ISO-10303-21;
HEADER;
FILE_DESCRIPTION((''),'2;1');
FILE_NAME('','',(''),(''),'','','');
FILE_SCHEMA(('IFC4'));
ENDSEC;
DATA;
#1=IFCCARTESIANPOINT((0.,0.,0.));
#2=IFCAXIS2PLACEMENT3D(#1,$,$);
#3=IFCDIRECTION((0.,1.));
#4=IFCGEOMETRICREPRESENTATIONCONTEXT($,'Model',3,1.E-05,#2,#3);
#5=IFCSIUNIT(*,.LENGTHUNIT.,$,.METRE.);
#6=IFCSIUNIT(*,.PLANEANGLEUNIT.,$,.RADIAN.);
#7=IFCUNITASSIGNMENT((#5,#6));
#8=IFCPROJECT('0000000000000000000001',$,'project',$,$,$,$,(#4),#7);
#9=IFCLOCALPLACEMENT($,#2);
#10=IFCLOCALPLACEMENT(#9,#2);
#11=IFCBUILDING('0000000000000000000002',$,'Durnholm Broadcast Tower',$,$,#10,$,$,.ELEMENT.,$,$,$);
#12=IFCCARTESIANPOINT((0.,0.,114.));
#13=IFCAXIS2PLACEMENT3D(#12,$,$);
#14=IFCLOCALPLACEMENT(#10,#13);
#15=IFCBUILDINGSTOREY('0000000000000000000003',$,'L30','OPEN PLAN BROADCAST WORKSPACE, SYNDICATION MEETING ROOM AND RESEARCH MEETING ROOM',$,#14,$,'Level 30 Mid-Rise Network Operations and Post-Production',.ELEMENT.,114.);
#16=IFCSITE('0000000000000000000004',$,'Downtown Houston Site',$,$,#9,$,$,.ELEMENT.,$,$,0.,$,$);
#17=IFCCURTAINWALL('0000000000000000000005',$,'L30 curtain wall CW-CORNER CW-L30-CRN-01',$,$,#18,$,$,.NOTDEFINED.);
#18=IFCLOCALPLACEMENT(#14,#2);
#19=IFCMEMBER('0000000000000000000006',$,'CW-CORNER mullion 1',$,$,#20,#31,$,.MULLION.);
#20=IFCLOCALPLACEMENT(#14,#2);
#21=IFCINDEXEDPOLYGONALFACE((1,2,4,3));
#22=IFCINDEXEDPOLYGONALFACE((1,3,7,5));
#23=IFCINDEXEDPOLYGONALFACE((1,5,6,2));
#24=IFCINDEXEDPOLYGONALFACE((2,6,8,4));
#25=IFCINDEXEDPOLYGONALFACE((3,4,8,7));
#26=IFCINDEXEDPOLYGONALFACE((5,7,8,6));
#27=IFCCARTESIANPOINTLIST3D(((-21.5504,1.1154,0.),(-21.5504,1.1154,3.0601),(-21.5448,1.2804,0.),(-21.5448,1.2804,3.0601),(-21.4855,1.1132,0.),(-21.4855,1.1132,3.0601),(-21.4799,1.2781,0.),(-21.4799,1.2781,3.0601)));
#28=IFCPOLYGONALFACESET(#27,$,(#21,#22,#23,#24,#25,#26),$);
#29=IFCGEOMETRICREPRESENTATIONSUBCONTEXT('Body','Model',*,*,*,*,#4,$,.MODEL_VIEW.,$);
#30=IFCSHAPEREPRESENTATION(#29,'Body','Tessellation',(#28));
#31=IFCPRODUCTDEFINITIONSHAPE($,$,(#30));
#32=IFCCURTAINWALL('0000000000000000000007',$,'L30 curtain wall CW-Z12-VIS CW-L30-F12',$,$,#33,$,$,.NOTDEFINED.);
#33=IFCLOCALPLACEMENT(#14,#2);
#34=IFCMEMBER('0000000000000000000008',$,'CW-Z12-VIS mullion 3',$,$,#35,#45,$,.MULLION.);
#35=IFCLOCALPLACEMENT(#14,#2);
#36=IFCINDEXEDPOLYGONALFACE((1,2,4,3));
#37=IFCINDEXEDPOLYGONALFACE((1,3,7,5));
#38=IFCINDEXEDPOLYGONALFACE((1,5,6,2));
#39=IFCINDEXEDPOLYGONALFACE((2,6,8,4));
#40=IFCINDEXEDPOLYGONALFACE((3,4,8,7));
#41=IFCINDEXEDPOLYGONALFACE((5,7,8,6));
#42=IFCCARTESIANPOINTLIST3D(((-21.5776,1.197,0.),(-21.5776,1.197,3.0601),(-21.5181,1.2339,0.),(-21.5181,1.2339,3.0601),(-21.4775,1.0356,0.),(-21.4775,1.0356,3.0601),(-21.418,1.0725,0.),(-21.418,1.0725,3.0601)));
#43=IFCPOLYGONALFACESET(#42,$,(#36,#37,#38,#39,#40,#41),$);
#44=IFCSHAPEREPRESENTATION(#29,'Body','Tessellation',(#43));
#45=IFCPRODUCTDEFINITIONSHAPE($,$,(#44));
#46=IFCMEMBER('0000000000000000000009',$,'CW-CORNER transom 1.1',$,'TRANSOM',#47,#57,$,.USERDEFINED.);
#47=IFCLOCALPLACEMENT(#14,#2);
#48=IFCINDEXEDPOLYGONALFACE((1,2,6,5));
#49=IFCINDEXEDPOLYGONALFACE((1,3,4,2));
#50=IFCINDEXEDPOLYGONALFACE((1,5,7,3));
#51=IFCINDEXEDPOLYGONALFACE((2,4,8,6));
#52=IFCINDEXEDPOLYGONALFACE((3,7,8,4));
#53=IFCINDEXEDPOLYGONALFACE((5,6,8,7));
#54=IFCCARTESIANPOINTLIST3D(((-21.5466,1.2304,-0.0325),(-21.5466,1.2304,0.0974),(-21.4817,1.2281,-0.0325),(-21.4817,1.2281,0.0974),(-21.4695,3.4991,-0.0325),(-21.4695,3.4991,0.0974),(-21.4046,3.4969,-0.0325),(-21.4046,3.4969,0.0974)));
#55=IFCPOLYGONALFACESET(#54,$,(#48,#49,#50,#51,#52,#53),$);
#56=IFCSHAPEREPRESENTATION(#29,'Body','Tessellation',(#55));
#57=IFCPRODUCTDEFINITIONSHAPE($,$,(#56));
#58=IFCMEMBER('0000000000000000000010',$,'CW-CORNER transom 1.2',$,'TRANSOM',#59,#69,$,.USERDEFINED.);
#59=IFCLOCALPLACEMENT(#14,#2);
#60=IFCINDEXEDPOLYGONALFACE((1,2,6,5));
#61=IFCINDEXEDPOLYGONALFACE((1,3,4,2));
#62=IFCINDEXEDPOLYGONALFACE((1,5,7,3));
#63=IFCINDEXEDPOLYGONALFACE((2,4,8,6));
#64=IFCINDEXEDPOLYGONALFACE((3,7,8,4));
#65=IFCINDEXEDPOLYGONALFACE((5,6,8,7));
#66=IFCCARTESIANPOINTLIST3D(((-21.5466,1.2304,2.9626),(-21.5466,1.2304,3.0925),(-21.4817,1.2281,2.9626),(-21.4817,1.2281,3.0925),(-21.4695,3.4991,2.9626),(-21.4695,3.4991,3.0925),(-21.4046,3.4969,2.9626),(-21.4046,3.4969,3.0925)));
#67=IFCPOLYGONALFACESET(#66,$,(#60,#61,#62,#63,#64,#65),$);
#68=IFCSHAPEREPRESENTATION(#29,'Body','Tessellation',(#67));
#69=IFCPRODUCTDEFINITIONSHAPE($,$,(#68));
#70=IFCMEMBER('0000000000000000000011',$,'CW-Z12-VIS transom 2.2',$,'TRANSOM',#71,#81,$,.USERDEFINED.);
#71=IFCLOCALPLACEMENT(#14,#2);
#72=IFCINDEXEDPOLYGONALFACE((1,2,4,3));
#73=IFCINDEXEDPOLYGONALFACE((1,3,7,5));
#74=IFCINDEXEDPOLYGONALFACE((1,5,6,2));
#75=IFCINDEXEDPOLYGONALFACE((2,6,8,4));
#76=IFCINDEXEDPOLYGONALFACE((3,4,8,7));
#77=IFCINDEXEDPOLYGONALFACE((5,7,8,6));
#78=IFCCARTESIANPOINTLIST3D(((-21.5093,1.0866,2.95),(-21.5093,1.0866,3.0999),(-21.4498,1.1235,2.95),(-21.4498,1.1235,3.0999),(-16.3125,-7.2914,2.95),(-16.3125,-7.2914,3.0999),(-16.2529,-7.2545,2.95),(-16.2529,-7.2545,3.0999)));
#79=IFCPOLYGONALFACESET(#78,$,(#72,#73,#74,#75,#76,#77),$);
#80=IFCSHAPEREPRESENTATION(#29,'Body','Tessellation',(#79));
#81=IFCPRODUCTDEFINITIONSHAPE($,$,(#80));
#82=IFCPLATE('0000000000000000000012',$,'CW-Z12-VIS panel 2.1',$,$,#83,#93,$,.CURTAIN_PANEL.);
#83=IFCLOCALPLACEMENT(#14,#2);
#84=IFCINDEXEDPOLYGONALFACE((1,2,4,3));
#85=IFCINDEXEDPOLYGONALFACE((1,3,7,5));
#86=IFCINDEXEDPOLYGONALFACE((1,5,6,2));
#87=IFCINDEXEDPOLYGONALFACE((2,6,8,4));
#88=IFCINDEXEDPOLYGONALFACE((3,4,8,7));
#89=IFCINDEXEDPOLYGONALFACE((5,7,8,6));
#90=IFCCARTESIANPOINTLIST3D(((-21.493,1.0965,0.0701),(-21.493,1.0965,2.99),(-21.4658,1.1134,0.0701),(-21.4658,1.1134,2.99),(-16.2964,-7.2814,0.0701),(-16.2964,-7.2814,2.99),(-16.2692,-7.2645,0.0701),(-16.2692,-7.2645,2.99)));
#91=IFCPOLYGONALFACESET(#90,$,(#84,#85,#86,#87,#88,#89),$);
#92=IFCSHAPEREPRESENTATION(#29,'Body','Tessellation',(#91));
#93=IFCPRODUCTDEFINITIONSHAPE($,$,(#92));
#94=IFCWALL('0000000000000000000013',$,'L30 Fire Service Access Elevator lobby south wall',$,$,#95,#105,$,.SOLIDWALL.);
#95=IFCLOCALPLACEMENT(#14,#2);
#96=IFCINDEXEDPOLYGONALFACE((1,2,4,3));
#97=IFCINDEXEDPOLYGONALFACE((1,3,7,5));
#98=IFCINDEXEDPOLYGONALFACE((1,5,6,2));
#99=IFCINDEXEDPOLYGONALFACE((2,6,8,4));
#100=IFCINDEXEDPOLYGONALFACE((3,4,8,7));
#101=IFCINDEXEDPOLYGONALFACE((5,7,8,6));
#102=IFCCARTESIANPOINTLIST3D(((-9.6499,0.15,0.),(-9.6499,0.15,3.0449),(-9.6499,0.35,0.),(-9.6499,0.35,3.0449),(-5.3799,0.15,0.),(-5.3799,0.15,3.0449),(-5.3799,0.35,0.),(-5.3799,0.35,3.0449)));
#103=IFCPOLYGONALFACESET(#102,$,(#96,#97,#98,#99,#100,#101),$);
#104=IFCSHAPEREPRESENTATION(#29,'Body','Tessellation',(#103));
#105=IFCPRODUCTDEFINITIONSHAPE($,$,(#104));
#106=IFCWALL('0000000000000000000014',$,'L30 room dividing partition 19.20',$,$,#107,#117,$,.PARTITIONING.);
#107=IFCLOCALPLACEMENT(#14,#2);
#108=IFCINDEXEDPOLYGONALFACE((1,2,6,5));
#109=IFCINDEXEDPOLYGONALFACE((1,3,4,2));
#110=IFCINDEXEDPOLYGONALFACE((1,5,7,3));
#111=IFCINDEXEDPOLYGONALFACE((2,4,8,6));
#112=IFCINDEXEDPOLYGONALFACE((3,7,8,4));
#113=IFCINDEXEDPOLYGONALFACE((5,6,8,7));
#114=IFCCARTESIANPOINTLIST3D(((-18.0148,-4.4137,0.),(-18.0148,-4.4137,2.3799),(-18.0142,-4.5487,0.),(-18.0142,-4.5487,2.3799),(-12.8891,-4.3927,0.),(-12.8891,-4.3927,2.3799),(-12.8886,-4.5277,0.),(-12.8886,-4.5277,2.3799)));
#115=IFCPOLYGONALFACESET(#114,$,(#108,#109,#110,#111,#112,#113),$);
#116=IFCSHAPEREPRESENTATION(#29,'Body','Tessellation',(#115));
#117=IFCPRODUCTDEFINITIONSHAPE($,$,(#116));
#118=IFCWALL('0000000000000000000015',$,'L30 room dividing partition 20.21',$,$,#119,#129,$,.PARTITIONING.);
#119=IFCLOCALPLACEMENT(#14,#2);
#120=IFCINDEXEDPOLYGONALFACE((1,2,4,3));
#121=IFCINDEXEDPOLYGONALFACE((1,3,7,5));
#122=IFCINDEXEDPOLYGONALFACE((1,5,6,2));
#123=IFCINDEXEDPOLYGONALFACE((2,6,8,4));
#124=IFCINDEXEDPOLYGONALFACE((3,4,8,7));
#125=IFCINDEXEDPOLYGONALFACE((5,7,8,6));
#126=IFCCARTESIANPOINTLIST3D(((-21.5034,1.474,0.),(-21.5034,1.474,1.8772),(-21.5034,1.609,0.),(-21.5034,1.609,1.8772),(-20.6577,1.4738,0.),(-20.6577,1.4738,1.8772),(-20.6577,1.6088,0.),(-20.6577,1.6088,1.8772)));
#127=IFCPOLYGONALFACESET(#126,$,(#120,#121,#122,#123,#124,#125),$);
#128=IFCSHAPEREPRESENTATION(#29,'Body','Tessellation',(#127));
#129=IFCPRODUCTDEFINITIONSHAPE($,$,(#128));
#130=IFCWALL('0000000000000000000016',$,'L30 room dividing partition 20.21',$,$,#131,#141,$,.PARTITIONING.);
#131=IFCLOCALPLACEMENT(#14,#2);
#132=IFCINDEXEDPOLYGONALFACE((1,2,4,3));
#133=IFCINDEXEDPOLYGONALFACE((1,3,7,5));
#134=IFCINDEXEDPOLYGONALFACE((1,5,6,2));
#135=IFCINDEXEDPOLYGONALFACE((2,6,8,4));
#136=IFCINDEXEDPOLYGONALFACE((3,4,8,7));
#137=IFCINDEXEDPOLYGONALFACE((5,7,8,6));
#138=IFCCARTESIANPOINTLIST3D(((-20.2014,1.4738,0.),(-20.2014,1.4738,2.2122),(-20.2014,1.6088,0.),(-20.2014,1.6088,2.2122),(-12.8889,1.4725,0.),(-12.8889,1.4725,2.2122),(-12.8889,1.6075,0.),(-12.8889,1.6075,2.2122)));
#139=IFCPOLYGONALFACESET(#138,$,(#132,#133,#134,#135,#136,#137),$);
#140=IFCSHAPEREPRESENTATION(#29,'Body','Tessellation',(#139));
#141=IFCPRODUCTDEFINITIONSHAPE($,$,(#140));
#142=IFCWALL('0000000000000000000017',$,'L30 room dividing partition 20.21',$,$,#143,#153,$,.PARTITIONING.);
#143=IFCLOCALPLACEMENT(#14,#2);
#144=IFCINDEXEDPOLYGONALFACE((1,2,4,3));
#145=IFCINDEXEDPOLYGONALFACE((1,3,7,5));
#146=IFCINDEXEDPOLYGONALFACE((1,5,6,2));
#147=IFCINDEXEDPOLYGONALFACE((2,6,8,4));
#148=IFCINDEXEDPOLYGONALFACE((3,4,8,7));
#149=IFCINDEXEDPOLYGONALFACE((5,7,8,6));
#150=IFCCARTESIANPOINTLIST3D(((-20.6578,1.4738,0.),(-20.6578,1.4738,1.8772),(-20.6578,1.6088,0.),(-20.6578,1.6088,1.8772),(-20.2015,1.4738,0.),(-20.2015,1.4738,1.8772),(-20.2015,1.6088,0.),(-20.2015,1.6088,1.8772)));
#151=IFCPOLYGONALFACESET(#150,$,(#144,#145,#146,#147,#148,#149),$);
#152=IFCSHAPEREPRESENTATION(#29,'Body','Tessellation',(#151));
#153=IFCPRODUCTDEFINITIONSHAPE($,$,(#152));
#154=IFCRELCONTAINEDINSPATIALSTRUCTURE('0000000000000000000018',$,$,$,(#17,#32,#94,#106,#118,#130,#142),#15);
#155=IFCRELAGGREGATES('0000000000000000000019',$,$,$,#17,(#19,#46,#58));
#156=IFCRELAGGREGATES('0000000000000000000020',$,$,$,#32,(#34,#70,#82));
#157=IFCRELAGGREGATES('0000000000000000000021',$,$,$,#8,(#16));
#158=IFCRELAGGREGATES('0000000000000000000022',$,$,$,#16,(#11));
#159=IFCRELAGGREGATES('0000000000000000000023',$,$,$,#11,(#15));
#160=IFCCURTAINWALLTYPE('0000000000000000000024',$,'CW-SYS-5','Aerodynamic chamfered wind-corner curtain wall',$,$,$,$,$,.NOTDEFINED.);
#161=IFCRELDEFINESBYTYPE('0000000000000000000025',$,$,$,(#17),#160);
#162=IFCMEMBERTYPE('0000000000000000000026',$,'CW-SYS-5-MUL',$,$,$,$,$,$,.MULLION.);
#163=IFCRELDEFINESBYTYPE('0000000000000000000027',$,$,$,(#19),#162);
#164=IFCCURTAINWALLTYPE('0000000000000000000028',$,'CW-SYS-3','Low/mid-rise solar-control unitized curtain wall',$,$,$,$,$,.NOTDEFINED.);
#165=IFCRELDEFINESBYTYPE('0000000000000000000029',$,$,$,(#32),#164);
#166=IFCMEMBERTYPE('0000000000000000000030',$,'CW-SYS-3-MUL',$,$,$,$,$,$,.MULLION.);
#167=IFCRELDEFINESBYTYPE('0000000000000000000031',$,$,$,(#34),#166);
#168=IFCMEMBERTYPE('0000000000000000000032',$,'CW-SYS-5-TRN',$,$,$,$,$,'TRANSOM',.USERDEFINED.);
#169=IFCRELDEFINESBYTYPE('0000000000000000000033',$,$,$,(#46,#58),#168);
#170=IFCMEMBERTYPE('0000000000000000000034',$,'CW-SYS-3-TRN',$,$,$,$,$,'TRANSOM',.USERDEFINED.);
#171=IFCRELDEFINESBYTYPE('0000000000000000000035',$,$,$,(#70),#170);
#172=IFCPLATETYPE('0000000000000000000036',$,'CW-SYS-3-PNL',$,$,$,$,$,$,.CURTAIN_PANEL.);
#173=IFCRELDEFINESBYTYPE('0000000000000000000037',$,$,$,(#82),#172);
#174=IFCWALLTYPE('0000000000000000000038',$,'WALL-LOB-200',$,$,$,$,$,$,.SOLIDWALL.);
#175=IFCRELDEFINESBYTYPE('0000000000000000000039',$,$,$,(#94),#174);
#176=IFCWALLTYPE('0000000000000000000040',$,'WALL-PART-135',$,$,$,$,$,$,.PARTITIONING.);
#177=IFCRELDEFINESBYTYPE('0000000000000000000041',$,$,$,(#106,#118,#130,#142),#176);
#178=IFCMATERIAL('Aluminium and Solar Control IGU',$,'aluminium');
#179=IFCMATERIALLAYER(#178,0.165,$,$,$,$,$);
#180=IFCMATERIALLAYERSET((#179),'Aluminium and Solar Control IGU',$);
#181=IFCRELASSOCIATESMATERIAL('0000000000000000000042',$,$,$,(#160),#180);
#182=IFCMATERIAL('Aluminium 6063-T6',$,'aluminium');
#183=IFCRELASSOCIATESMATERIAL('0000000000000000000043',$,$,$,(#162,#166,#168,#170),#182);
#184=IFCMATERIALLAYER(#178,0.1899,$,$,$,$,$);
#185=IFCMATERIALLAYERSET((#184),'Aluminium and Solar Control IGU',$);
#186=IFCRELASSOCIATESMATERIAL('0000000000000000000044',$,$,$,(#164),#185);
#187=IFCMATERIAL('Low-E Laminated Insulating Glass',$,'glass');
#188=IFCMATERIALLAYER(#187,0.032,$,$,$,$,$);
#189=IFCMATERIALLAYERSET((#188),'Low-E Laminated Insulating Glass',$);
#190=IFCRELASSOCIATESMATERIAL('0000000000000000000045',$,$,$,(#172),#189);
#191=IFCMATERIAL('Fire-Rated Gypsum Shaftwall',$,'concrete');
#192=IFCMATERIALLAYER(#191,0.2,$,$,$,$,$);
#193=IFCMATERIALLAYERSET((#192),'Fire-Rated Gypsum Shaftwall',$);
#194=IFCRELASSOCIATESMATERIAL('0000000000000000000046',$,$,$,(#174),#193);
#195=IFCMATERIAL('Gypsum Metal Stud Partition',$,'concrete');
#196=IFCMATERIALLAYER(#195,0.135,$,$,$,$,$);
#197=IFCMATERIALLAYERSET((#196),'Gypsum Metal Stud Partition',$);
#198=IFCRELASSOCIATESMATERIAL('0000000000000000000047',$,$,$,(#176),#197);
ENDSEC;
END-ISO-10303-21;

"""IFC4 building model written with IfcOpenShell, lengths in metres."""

from ifc_helpers import new_model, si_unit, direction, frame, frame_2d, origin, origin_2d, place, context, subcontext, project, spatial, rectangle, extrude, source, transform, mapped, material, layer, layer_set, material_profile, profile_set, type_object, type_shapes, element, aggregate, save


model = new_model("IFC4")

# Units and contexts
model_context = context("Model", 3, precision=1e-05, world=origin(), true_north=direction((0.0, 1.0)))
body_context = subcontext(model_context, "Body", "Model", "MODEL_VIEW")
ifc_project = project(units=[si_unit("LENGTHUNIT", "METRE"), si_unit("PLANEANGLEUNIT", "RADIAN")], contexts=[model_context])

# Site, building, storey
site_placement = place(None, origin())
site = spatial("IfcSite", under=ifc_project, at=site_placement, Name="Downtown Houston Site", CompositionType="ELEMENT", RefElevation=0.0)
building_placement = place(site_placement, origin())
building = spatial("IfcBuilding", under=site, at=building_placement, Name="Durnholm Broadcast Tower", CompositionType="ELEMENT")
storey_placement = place(building_placement, frame((0.0, 0.0, 114.0)))
storey = spatial("IfcBuildingStorey", under=building, at=storey_placement, Name="L30", Description="OPEN PLAN BROADCAST WORKSPACE, SYNDICATION MEETING ROOM AND RESEARCH MEETING ROOM", LongName="Level 30 Mid-Rise Network Operations and Post-Production", CompositionType="ELEMENT", Elevation=114.0)

# Curtain walls, members
ifc_material_1 = material(Name="Aluminium and Solar Control IGU", Category="aluminium")
ifc_layer_1 = layer(ifc_material_1, 0.165)
ifc_layer_set_1 = layer_set([ifc_layer_1], Name="Aluminium and Solar Control IGU")
curtain_wall_type_1 = type_object("IfcCurtainWallType", Name="CW-SYS-5", Description="Aerodynamic chamfered wind-corner curtain wall", PredefinedType="NOTDEFINED", material=ifc_layer_set_1)
curtain_wall_1_placement = place(storey_placement, origin())
curtain_wall_1 = element("IfcCurtainWall", 1, at=curtain_wall_1_placement, inside=storey, type_object=curtain_wall_type_1, Name="L30 curtain wall CW-CORNER CW-L30-CRN-01", PredefinedType="NOTDEFINED")
ifc_material_2 = material(Name="Aluminium 6063-T6", Category="aluminium")
ifc_material_profile_1 = material_profile(ifc_material_2, rectangle(XDim=0.0649, YDim=0.165, at=origin_2d()), Name="CWM65X165")
ifc_profile_set_1 = profile_set([ifc_material_profile_1], Name="Aluminium 6063-T6")
member_type_1 = type_object("IfcMemberType", Name="CW-SYS-5-MUL", PredefinedType="MULLION", material=ifc_profile_set_1)
shared_shape_1 = source(origin(), body_context, "Body", "SweptSolid", [
    extrude(rectangle(XDim=0.0649, YDim=0.165, at=origin_2d()), origin(), (0.0, 0.0, 1.0), 3.0601),
])
type_shapes(member_type_1, [shared_shape_1])
member_1_placement = place(storey_placement, frame((-21.5151, 1.1968, 0.0), z_axis=(0.0, 0.0, 1.0), x_axis=(-0.999425, 0.033917, 0.0)))
member_1 = element("IfcMember", 2, at=member_1_placement, type_object=member_type_1, Name="CW-CORNER mullion 1", PredefinedType="MULLION", context=body_context, shape_type="MappedRepresentation", body=[
    mapped(shared_shape_1, transform((0.0, 0.0, 0.0), x_axis=(1.0, 0.0, 0.0), y_axis=(0.0, 1.0, 0.0), z_axis=(0.0, 0.0, 1.0), scale=1.0)),
])
ifc_layer_2 = layer(ifc_material_1, 0.1899)
ifc_layer_set_2 = layer_set([ifc_layer_2], Name="Aluminium and Solar Control IGU")
curtain_wall_type_2 = type_object("IfcCurtainWallType", Name="CW-SYS-3", Description="Low/mid-rise solar-control unitized curtain wall", PredefinedType="NOTDEFINED", material=ifc_layer_set_2)
curtain_wall_2_placement = place(storey_placement, origin())
curtain_wall_2 = element("IfcCurtainWall", 3, at=curtain_wall_2_placement, inside=storey, type_object=curtain_wall_type_2, Name="L30 curtain wall CW-Z12-VIS CW-L30-F12", PredefinedType="NOTDEFINED")
ifc_material_profile_2 = material_profile(ifc_material_2, rectangle(XDim=0.0701, YDim=0.1899, at=origin_2d()), Name="CWM70X190")
ifc_profile_set_2 = profile_set([ifc_material_profile_2], Name="Aluminium 6063-T6")
member_type_2 = type_object("IfcMemberType", Name="CW-SYS-3-MUL", PredefinedType="MULLION", material=ifc_profile_set_2)
shared_shape_2 = source(origin(), body_context, "Body", "SweptSolid", [
    extrude(rectangle(XDim=0.0701, YDim=0.1899, at=origin_2d()), origin(), (0.0, 0.0, 1.0), 3.0601),
])
type_shapes(member_type_2, [shared_shape_2])
member_2_placement = place(storey_placement, frame((-21.4978, 1.1348, 0.0), z_axis=(0.0, 0.0, 1.0), x_axis=(-0.8498, -0.527105, 0.0)))
member_2 = element("IfcMember", 4, at=member_2_placement, type_object=member_type_2, Name="CW-Z12-VIS mullion 3", PredefinedType="MULLION", context=body_context, shape_type="MappedRepresentation", body=[
    mapped(shared_shape_2, transform((0.0, 0.0, 0.0), x_axis=(1.0, 0.0, 0.0), y_axis=(0.0, 1.0, 0.0), z_axis=(0.0, 0.0, 1.0), scale=1.0)),
])

# Members
ifc_material_profile_3 = material_profile(ifc_material_2, rectangle(XDim=0.0649, YDim=0.1299, at=origin_2d()), Name="CWT65X130")
ifc_profile_set_3 = profile_set([ifc_material_profile_3], Name="Aluminium 6063-T6")
member_type_3 = type_object("IfcMemberType", Name="CW-SYS-5-TRN", ElementType="TRANSOM", PredefinedType="USERDEFINED", material=ifc_profile_set_3)
shared_shape_3 = source(origin(), body_context, "Body", "SweptSolid", [
    extrude(rectangle(XDim=0.0649, YDim=0.1299, at=origin_2d()), origin(), (0.0, 0.0, 1.0), 2.27),
])
type_shapes(member_type_3, [shared_shape_3])
member_3_placement = place(storey_placement, frame((-21.5142, 1.2292, 0.0325), z_axis=(0.033984, 0.999422, 0.0), x_axis=(-0.999422, 0.033984, 0.0)))
member_3 = element("IfcMember", 5, at=member_3_placement, type_object=member_type_3, Name="CW-CORNER transom 1.1", ObjectType="TRANSOM", PredefinedType="USERDEFINED", context=body_context, shape_type="MappedRepresentation", body=[
    mapped(shared_shape_3, transform((0.0, 0.0, 0.0), x_axis=(1.0, 0.0, 0.0), y_axis=(0.0, 1.0, 0.0), z_axis=(0.0, 0.0, 1.0), scale=1.0)),
])
member_4_placement = place(storey_placement, frame((-21.5142, 1.2292, 3.0276), z_axis=(0.033984, 0.999422, 0.0), x_axis=(-0.999422, 0.033984, 0.0)))
member_4 = element("IfcMember", 6, at=member_4_placement, type_object=member_type_3, Name="CW-CORNER transom 1.2", ObjectType="TRANSOM", PredefinedType="USERDEFINED", context=body_context, shape_type="MappedRepresentation", body=[
    mapped(shared_shape_3, transform((0.0, 0.0, 0.0), x_axis=(1.0, 0.0, 0.0), y_axis=(0.0, 1.0, 0.0), z_axis=(0.0, 0.0, 1.0), scale=1.0)),
])
aggregate(curtain_wall_1, [member_1, member_3, member_4])
ifc_material_profile_4 = material_profile(ifc_material_2, rectangle(XDim=0.0701, YDim=0.1499, at=origin_2d()), Name="CWT70X150")
ifc_profile_set_4 = profile_set([ifc_material_profile_4], Name="Aluminium 6063-T6")
member_type_4 = type_object("IfcMemberType", Name="CW-SYS-3-TRN", ElementType="TRANSOM", PredefinedType="USERDEFINED", material=ifc_profile_set_4)
shared_shape_4 = source(origin(), body_context, "Body", "SweptSolid", [
    extrude(rectangle(XDim=0.0701, YDim=0.1499, at=origin_2d()), origin(), (0.0, 0.0, 1.0), 9.8589),
])
type_shapes(member_type_4, [shared_shape_4])
member_5_placement = place(storey_placement, frame((-16.2827, -7.2729, 3.0249), z_axis=(-0.52712, 0.849791, 0.0), x_axis=(-0.849791, -0.52712, 0.0)))
member_5 = element("IfcMember", 7, at=member_5_placement, type_object=member_type_4, Name="CW-Z12-VIS transom 2.2", ObjectType="TRANSOM", PredefinedType="USERDEFINED", context=body_context, shape_type="MappedRepresentation", body=[
    mapped(shared_shape_4, transform((0.0, 0.0, 0.0), x_axis=(1.0, 0.0, 0.0), y_axis=(0.0, 1.0, 0.0), z_axis=(0.0, 0.0, 1.0), scale=1.0)),
])

# Plate
ifc_material_3 = material(Name="Low-E Laminated Insulating Glass", Category="glass")
ifc_layer_3 = layer(ifc_material_3, 0.032)
ifc_layer_set_3 = layer_set([ifc_layer_3], Name="Low-E Laminated Insulating Glass")
plate_type = type_object("IfcPlateType", Name="CW-SYS-3-PNL", PredefinedType="CURTAIN_PANEL", material=ifc_layer_set_3)
shared_shape_5 = source(origin(), body_context, "Body", "SweptSolid", [
    extrude(rectangle(XDim=9.8586, YDim=0.032, at=origin_2d()), origin(), (0.0, 0.0, 1.0), 2.9199),
])
type_shapes(plate_type, [shared_shape_5])
plate_placement = place(storey_placement, frame((-18.8811, -3.084, 0.0701), z_axis=(0.0, 0.0, 1.0), x_axis=(-0.527105, 0.8498, 0.0)))
plate = element("IfcPlate", 8, at=plate_placement, type_object=plate_type, Name="CW-Z12-VIS panel 2.1", PredefinedType="CURTAIN_PANEL", context=body_context, shape_type="MappedRepresentation", body=[
    mapped(shared_shape_5, transform((0.0, 0.0, 0.0), x_axis=(1.0, 0.0, 0.0), y_axis=(0.0, 1.0, 0.0), z_axis=(0.0, 0.0, 1.0), scale=1.0)),
])
aggregate(curtain_wall_2, [member_2, member_5, plate])

# Walls
ifc_material_4 = material(Name="Fire-Rated Gypsum Shaftwall", Category="concrete")
ifc_layer_4 = layer(ifc_material_4, 0.2)
ifc_layer_set_4 = layer_set([ifc_layer_4], Name="Fire-Rated Gypsum Shaftwall")
wall_type_1 = type_object("IfcWallType", Name="WALL-LOB-200", PredefinedType="SOLIDWALL", material=ifc_layer_set_4)
wall_1_placement = place(storey_placement, frame((-9.6499, 0.25, 0.0), z_axis=(0.0, 0.0, 1.0), x_axis=(1.0, 0.0, 0.0)))
element("IfcWall", 9, at=wall_1_placement, inside=storey, type_object=wall_type_1, Name="L30 Fire Service Access Elevator lobby south wall", PredefinedType="SOLIDWALL", context=body_context, shape_type="SweptSolid", body=[
    extrude(rectangle(XDim=4.27, YDim=0.2, at=frame_2d((2.135, 0.0))), origin(), (0.0, 0.0, 1.0), 3.0449),
])
ifc_material_5 = material(Name="Gypsum Metal Stud Partition", Category="concrete")
ifc_layer_5 = layer(ifc_material_5, 0.135)
ifc_layer_set_5 = layer_set([ifc_layer_5], Name="Gypsum Metal Stud Partition")
wall_type_2 = type_object("IfcWallType", Name="WALL-PART-135", PredefinedType="PARTITIONING", material=ifc_layer_set_5)
wall_2_placement = place(storey_placement, frame((-18.0146, -4.4812, 0.0), z_axis=(0.0, 0.0, 1.0), x_axis=(0.999992, 0.004096, 0.0)))
element("IfcWall", 10, at=wall_2_placement, inside=storey, type_object=wall_type_2, Name="L30 room dividing partition 19.20", PredefinedType="PARTITIONING", context=body_context, shape_type="SweptSolid", body=[
    extrude(rectangle(XDim=5.1257, YDim=0.135, at=frame_2d((2.563, 0.0))), origin(), (0.0, 0.0, 1.0), 2.3799),
])
wall_3_placement = place(storey_placement, frame((-21.5034, 1.5415, 0.0), z_axis=(0.0, 0.0, 1.0), x_axis=(1.0, -0.000289, 0.0)))
element("IfcWall", 11, at=wall_3_placement, inside=storey, type_object=wall_type_2, Name="L30 room dividing partition 20.21", PredefinedType="PARTITIONING", context=body_context, shape_type="SweptSolid", body=[
    extrude(rectangle(XDim=0.8457, YDim=0.135, at=frame_2d((0.4229, 0.0))), origin(), (0.0, 0.0, 1.0), 1.8772),
])
wall_4_placement = place(storey_placement, frame((-20.2014, 1.5413, 0.0), z_axis=(0.0, 0.0, 1.0), x_axis=(1.0, -0.000167, 0.0)))
element("IfcWall", 12, at=wall_4_placement, inside=storey, type_object=wall_type_2, Name="L30 room dividing partition 20.21", PredefinedType="PARTITIONING", context=body_context, shape_type="SweptSolid", body=[
    extrude(rectangle(XDim=7.3125, YDim=0.135, at=frame_2d((3.6562, 0.0))), origin(), (0.0, 0.0, 1.0), 2.2122),
])
wall_5_placement = place(storey_placement, frame((-20.6577, 1.5413, 0.0), z_axis=(0.0, 0.0, 1.0), x_axis=(1.0, 0.0, 0.0)))
element("IfcWall", 13, at=wall_5_placement, inside=storey, type_object=wall_type_2, Name="L30 room dividing partition 20.21", PredefinedType="PARTITIONING", context=body_context, shape_type="SweptSolid", body=[
    extrude(rectangle(XDim=0.4563, YDim=0.135, at=frame_2d((0.228, 0.0))), origin(), (0.0, 0.0, 1.0), 1.8772),
])

save(model, "model.ifc")
